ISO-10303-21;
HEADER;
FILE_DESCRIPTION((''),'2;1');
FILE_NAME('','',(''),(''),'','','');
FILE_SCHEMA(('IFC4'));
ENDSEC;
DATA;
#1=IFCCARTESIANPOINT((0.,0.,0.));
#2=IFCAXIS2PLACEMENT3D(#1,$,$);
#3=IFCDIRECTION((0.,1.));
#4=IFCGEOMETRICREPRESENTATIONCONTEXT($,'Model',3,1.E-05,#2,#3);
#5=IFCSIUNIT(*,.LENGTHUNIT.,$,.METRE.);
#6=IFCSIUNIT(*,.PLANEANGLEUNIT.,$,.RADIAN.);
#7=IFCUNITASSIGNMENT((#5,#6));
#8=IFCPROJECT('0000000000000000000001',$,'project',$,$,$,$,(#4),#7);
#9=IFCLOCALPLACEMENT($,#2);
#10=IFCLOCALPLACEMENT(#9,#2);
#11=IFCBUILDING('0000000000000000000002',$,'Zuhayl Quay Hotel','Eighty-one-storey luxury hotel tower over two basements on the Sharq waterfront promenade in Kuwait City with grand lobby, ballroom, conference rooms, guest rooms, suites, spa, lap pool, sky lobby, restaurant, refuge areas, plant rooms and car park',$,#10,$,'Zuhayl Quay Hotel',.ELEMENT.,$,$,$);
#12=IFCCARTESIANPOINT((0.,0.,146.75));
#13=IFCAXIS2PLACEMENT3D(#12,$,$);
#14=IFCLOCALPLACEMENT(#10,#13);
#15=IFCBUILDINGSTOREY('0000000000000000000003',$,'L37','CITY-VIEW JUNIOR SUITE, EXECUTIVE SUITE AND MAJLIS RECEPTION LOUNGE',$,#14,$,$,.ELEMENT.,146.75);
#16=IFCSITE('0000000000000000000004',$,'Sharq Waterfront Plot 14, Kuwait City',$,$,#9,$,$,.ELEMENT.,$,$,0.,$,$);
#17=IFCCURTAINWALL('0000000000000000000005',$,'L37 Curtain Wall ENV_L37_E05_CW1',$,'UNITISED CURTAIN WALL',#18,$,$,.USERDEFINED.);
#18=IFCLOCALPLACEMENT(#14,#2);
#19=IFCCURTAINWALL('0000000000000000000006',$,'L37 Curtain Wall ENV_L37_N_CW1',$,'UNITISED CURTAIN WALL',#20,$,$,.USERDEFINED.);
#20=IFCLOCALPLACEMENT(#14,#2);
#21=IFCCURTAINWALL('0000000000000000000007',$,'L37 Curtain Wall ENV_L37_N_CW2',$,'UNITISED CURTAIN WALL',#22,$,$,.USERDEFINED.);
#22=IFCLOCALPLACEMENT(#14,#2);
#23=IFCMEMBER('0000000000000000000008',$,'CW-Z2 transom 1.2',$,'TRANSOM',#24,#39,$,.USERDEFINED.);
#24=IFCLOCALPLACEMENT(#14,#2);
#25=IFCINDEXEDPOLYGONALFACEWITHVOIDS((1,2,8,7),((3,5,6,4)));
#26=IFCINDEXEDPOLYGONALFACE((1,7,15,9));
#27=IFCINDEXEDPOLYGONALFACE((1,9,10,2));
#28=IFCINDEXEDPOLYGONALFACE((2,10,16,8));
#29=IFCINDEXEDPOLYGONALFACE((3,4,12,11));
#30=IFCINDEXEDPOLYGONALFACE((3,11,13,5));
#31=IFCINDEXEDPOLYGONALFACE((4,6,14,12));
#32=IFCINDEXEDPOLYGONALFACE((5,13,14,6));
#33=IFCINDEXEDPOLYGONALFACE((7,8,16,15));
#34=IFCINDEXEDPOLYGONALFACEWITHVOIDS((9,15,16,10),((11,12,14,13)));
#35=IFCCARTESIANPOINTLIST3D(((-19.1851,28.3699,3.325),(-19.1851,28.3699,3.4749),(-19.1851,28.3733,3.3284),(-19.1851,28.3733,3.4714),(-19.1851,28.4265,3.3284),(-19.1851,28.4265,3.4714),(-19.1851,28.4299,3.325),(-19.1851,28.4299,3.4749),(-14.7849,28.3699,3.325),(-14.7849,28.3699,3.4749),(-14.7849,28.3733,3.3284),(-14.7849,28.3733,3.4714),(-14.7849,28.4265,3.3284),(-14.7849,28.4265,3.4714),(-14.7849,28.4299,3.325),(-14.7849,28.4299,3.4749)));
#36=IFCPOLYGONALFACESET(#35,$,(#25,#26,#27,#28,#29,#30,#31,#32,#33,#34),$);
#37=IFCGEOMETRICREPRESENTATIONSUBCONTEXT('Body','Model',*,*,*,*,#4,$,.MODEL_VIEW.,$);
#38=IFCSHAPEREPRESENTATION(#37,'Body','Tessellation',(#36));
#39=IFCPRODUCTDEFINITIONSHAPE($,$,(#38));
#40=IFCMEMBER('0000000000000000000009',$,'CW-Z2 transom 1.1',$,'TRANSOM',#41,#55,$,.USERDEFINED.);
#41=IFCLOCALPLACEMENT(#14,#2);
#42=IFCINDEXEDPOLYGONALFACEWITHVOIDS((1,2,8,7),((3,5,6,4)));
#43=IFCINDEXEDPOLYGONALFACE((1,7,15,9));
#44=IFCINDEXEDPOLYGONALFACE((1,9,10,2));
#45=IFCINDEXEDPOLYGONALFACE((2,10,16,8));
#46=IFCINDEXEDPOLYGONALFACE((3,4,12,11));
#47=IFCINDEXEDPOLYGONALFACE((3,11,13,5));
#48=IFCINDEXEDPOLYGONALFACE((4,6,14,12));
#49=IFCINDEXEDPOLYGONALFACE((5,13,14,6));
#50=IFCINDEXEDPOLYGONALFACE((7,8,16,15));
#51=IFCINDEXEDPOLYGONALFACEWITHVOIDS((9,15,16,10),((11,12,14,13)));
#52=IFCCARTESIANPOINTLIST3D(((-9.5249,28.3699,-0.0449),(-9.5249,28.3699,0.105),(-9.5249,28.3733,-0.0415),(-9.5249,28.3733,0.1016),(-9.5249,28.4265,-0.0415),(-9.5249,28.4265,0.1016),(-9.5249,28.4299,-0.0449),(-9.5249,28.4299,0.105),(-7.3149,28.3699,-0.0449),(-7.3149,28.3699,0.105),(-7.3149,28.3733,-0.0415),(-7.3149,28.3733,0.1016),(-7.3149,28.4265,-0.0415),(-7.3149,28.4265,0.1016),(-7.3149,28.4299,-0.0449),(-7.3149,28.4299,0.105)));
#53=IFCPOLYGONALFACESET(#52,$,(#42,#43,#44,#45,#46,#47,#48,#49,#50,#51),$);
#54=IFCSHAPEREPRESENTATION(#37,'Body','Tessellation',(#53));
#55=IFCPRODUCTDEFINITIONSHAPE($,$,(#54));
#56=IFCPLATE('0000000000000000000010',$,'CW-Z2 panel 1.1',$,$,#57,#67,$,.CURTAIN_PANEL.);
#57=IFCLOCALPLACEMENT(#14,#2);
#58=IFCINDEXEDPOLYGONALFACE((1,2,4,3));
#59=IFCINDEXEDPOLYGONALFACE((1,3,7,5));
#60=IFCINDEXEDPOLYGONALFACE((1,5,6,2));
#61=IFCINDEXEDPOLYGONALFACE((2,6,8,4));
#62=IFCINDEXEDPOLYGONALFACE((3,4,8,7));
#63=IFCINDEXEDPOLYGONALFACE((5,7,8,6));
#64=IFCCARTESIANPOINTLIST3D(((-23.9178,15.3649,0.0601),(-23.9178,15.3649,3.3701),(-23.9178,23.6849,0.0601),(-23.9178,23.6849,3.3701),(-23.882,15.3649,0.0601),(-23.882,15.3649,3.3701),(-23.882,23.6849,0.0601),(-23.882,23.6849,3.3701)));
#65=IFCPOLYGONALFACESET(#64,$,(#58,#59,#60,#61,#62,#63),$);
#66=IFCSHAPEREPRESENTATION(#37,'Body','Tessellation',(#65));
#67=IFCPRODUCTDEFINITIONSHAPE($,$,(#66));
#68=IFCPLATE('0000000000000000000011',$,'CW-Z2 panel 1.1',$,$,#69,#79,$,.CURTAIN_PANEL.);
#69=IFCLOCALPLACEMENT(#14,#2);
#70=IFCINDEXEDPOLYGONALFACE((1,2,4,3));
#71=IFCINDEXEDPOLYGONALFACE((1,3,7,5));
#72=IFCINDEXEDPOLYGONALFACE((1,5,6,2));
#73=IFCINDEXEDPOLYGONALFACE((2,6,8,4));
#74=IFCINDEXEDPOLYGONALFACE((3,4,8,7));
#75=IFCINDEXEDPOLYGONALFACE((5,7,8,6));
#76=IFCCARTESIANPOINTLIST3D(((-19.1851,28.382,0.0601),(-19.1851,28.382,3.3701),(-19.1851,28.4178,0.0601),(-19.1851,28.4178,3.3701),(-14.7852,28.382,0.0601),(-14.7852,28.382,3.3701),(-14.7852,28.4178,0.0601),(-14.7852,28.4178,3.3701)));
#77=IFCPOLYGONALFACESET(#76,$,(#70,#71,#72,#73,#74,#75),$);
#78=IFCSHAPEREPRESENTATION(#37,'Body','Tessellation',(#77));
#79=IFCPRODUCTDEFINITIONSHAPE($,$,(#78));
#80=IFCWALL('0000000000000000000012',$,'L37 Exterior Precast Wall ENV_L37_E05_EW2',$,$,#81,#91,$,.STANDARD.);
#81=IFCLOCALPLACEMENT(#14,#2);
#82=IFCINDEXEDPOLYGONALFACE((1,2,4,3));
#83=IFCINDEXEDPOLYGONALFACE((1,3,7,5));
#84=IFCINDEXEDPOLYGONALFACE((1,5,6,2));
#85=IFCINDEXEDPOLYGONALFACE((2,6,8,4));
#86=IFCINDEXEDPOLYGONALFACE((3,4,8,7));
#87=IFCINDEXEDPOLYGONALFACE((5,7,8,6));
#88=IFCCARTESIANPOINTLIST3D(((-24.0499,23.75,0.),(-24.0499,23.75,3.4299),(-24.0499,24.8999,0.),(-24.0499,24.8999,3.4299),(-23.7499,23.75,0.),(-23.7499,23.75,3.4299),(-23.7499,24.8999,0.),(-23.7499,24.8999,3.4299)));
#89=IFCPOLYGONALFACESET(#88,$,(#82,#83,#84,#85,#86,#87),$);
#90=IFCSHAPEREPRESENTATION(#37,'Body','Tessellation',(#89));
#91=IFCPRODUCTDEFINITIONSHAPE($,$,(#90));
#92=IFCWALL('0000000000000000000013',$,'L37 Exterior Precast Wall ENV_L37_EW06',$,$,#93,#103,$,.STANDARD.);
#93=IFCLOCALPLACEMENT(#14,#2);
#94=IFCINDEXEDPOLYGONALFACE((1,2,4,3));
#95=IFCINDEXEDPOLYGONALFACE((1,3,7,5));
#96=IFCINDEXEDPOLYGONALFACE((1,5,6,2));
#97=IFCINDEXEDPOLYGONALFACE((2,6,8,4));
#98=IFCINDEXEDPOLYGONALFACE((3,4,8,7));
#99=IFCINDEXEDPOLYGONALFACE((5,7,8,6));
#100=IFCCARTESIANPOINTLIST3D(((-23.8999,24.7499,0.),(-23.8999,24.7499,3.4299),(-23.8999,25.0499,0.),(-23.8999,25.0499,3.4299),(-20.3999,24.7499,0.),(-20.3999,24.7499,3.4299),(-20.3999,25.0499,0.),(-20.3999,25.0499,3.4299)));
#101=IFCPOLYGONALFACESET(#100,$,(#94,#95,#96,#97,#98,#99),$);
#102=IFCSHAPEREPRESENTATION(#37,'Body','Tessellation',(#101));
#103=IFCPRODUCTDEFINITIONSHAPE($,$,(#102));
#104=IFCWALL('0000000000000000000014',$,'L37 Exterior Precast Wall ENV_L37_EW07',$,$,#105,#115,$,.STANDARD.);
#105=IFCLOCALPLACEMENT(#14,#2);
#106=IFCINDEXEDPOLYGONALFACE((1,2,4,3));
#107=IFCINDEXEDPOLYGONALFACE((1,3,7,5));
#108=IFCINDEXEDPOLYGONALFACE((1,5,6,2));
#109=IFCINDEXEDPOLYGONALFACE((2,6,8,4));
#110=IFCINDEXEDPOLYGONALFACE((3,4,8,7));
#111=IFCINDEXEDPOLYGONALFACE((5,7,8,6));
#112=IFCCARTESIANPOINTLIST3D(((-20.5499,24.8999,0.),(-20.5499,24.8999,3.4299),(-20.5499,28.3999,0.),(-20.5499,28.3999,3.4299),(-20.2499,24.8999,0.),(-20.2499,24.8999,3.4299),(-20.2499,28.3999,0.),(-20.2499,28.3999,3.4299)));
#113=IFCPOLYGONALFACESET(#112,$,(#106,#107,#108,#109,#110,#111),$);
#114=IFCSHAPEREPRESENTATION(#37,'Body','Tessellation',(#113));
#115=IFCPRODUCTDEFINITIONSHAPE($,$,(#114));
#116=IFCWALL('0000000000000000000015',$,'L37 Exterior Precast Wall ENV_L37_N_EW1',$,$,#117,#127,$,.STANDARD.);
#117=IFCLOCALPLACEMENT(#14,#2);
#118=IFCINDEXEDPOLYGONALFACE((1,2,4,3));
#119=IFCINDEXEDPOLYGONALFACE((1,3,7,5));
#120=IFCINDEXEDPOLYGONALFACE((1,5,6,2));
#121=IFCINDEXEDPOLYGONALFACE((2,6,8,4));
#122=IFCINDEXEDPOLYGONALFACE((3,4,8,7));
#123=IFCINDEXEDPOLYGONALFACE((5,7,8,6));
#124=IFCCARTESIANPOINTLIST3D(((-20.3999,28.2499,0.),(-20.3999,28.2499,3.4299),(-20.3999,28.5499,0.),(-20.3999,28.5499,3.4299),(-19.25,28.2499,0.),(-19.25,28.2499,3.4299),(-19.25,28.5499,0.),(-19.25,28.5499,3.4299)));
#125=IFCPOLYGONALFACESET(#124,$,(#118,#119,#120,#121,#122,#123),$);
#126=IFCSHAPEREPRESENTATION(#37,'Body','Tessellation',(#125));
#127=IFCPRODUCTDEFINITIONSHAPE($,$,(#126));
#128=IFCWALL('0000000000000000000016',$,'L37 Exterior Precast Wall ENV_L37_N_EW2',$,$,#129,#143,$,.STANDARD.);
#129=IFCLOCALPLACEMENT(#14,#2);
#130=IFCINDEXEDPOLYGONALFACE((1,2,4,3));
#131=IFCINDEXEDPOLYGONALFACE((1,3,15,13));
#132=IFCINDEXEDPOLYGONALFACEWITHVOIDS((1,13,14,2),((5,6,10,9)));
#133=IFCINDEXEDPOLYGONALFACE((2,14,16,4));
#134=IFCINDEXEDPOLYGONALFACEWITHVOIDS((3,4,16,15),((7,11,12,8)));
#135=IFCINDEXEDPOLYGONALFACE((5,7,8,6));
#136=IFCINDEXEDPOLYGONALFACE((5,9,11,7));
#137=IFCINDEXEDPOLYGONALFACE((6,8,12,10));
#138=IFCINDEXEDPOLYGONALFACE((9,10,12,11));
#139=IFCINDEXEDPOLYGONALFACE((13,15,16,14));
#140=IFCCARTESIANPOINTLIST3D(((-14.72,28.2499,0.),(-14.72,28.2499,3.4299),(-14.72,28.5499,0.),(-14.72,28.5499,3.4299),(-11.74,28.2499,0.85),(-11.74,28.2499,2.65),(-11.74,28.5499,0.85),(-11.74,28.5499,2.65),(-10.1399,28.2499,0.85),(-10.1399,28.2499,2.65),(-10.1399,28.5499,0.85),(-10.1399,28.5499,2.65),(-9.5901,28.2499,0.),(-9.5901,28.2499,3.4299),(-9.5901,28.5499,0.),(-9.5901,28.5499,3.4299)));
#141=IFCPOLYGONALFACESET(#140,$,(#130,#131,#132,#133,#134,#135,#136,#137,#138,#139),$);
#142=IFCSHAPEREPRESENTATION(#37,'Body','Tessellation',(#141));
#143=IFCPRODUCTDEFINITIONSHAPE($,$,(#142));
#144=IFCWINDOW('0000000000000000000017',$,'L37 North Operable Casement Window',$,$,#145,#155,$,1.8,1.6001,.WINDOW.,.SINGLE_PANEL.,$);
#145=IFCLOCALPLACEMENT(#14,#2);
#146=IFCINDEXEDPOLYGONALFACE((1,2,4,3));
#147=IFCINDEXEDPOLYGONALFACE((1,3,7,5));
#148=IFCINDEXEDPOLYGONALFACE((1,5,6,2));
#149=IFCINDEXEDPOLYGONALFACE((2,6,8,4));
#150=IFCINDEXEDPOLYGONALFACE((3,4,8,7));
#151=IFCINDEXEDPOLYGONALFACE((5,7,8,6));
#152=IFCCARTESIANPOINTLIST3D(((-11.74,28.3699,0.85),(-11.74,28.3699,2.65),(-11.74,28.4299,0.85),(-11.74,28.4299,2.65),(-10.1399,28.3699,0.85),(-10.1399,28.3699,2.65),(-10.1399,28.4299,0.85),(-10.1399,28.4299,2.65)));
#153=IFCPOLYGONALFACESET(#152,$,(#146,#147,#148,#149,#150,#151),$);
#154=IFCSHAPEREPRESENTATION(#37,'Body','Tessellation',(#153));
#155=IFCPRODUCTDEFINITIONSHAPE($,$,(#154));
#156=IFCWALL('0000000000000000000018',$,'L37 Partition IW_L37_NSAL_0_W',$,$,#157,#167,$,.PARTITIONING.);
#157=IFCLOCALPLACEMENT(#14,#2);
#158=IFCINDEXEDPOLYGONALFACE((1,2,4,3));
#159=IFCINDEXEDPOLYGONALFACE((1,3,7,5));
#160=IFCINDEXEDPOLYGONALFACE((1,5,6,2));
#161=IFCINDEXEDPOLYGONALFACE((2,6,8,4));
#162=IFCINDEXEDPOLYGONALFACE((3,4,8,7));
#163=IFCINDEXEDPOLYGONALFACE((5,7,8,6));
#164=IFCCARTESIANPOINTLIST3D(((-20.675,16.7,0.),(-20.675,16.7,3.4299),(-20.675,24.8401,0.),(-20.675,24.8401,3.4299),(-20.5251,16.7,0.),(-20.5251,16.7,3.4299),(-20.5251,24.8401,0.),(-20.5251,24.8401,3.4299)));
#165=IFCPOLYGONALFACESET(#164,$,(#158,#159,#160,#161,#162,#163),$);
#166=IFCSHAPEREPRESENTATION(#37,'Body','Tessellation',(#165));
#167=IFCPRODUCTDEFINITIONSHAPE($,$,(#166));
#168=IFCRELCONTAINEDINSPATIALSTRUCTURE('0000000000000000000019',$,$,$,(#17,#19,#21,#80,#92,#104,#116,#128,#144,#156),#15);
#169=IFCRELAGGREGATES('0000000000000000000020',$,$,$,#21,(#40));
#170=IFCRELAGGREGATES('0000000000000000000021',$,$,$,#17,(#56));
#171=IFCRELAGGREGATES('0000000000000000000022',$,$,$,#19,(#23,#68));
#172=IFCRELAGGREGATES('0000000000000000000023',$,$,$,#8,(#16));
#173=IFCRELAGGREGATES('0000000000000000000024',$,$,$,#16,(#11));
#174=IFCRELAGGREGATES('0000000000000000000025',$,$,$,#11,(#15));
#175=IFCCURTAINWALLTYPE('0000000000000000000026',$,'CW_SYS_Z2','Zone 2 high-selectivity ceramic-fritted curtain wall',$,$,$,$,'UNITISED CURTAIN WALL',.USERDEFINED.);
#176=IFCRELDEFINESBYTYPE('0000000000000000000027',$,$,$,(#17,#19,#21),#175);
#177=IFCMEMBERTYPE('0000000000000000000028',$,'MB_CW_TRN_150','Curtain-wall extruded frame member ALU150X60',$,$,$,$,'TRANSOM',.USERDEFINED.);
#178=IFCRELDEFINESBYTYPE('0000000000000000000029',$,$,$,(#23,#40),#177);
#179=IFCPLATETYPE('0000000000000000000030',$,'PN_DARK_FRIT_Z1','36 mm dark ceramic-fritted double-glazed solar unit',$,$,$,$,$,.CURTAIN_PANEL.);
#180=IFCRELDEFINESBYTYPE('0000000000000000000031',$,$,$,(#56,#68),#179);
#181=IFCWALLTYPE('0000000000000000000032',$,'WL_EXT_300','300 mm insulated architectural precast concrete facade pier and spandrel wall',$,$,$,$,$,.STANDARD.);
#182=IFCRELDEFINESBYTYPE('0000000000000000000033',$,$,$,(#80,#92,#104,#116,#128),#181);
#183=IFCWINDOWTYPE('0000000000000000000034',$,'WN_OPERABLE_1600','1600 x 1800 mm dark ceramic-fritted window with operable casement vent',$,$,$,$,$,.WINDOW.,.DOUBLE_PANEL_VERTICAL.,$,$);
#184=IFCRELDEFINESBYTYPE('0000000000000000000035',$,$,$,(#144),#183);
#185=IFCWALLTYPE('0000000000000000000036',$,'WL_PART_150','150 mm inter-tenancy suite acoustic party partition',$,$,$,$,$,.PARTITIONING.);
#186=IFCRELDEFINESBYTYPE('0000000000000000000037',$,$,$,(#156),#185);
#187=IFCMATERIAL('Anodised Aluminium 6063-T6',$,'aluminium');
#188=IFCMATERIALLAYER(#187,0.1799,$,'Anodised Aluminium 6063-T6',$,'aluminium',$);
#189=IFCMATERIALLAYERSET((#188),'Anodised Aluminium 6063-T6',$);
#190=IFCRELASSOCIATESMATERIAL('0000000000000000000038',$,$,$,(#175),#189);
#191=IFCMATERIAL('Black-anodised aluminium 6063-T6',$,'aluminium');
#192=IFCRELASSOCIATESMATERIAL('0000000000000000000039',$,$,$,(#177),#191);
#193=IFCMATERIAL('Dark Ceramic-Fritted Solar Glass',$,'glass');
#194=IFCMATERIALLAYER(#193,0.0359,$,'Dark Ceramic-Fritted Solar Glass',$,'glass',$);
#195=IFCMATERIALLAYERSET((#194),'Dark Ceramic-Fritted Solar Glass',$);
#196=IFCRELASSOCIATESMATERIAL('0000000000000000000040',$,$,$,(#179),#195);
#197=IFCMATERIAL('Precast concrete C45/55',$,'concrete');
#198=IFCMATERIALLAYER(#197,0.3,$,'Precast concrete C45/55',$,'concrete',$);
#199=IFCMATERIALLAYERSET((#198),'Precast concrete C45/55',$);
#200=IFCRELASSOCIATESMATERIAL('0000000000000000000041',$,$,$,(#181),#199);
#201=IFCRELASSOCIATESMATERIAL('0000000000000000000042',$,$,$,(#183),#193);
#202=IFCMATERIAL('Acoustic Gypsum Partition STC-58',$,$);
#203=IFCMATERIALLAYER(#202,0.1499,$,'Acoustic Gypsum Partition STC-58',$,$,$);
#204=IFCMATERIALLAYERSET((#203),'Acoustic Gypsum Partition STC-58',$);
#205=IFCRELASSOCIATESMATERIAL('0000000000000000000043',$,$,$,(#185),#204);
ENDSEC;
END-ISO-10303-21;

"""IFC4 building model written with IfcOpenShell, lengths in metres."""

from ifc_helpers import new_model, si_unit, direction, frame, frame_2d, origin, origin_2d, place, context, subcontext, project, spatial, rectangle, hollow_rectangle, extrude, material, layer, layer_set, material_profile, profile_set, type_object, element, fill, aggregate, save


model = new_model("IFC4")

# Units and contexts
model_context = context("Model", 3, precision=1e-05, world=origin(), true_north=direction((0.0, 1.0)))
body_context = subcontext(model_context, "Body", "Model", "MODEL_VIEW")
ifc_project = project(units=[si_unit("LENGTHUNIT", "METRE"), si_unit("PLANEANGLEUNIT", "RADIAN")], contexts=[model_context])

# Site, building, storey
site_placement = place(None, origin())
site = spatial("IfcSite", under=ifc_project, at=site_placement, Name="Sharq Waterfront Plot 14, Kuwait City", CompositionType="ELEMENT", RefElevation=0.0)
building_placement = place(site_placement, origin())
building = spatial("IfcBuilding", under=site, at=building_placement, Name="Zuhayl Quay Hotel", Description="Eighty-one-storey luxury hotel tower over two basements on the Sharq waterfront promenade in Kuwait City with grand lobby, ballroom, conference rooms, guest rooms, suites, spa, lap pool, sky lobby, restaurant, refuge areas, plant rooms and car park", LongName="Zuhayl Quay Hotel", CompositionType="ELEMENT")
storey_placement = place(building_placement, frame((0.0, 0.0, 146.75)))
storey = spatial("IfcBuildingStorey", under=building, at=storey_placement, Name="L37", Description="CITY-VIEW JUNIOR SUITE, EXECUTIVE SUITE AND MAJLIS RECEPTION LOUNGE", CompositionType="ELEMENT", Elevation=146.75)

# Curtain wall
ifc_material_1 = material(Name="Anodised Aluminium 6063-T6", Category="aluminium")
ifc_layer_1 = layer(ifc_material_1, 0.1799, Name="Anodised Aluminium 6063-T6", Category="aluminium")
ifc_layer_set_1 = layer_set([ifc_layer_1], Name="Anodised Aluminium 6063-T6")
curtain_wall_type = type_object("IfcCurtainWallType", Name="CW_SYS_Z2", Description="Zone 2 high-selectivity ceramic-fritted curtain wall", ElementType="UNITISED CURTAIN WALL", PredefinedType="USERDEFINED", material=ifc_layer_set_1)
curtain_wall_1_placement = place(storey_placement, origin())
curtain_wall_1 = element("IfcCurtainWall", 1, at=curtain_wall_1_placement, inside=storey, type_object=curtain_wall_type, Name="L37 Curtain Wall ENV_L37_E05_CW1", ObjectType="UNITISED CURTAIN WALL", PredefinedType="USERDEFINED")
ifc_material_2 = material(Name="Black-anodised aluminium 6063-T6", Category="aluminium")

# Curtain wall
curtain_wall_2_placement = place(storey_placement, origin())
curtain_wall_2 = element("IfcCurtainWall", 2, at=curtain_wall_2_placement, inside=storey, type_object=curtain_wall_type, Name="L37 Curtain Wall ENV_L37_N_CW1", ObjectType="UNITISED CURTAIN WALL", PredefinedType="USERDEFINED")

# Curtain wall
curtain_wall_3_placement = place(storey_placement, origin())
curtain_wall_3 = element("IfcCurtainWall", 3, at=curtain_wall_3_placement, inside=storey, type_object=curtain_wall_type, Name="L37 Curtain Wall ENV_L37_N_CW2", ObjectType="UNITISED CURTAIN WALL", PredefinedType="USERDEFINED")

# Members
ifc_material_profile_1 = material_profile(ifc_material_2, hollow_rectangle(XDim=0.0601, YDim=0.1499, WallThickness=0.0034, at=origin_2d()), Name="ALU150X60")
ifc_profile_set_1 = profile_set([ifc_material_profile_1], Name="Black-anodised aluminium 6063-T6")
member_type_1 = type_object("IfcMemberType", Name="MB_CW_TRN_150", Description="Curtain-wall extruded frame member ALU150X60", ElementType="TRANSOM", PredefinedType="USERDEFINED", material=ifc_profile_set_1)
member_1_placement = place(storey_placement, frame((-19.1851, 28.3999, 3.3999), z_axis=(1.0, 0.0, 0.0), x_axis=(0.0, 1.0, 0.0)))
member_1 = element("IfcMember", 4, at=member_1_placement, type_object=member_type_1, Name="CW-Z2 transom 1.2", ObjectType="TRANSOM", PredefinedType="USERDEFINED", context=body_context, shape_type="SweptSolid", body=[
    extrude(hollow_rectangle(XDim=0.0601, YDim=0.1499, WallThickness=0.0034, at=origin_2d()), origin(), (0.0, 0.0, 1.0), 4.4001),
])
member_2_placement = place(storey_placement, frame((-9.5249, 28.3999, 0.03), z_axis=(1.0, 0.0, 0.0), x_axis=(0.0, 1.0, 0.0)))
member_2 = element("IfcMember", 5, at=member_2_placement, type_object=member_type_1, Name="CW-Z2 transom 1.1", ObjectType="TRANSOM", PredefinedType="USERDEFINED", context=body_context, shape_type="SweptSolid", body=[
    extrude(hollow_rectangle(XDim=0.0601, YDim=0.1499, WallThickness=0.0034, at=origin_2d()), origin(), (0.0, 0.0, 1.0), 2.21),
])
aggregate(curtain_wall_3, [member_2])

# Plates
ifc_material_3 = material(Name="Dark Ceramic-Fritted Solar Glass", Category="glass")
ifc_layer_2 = layer(ifc_material_3, 0.0359, Name="Dark Ceramic-Fritted Solar Glass", Category="glass")
ifc_layer_set_2 = layer_set([ifc_layer_2], Name="Dark Ceramic-Fritted Solar Glass")
plate_type = type_object("IfcPlateType", Name="PN_DARK_FRIT_Z1", Description="36 mm dark ceramic-fritted double-glazed solar unit", PredefinedType="CURTAIN_PANEL", material=ifc_layer_set_2)
plate_1_placement = place(storey_placement, frame((-23.8999, 19.5249, 0.0601), z_axis=(0.0, 0.0, 1.0), x_axis=(0.0, 1.0, 0.0)))
plate_1 = element("IfcPlate", 6, at=plate_1_placement, type_object=plate_type, Name="CW-Z2 panel 1.1", PredefinedType="CURTAIN_PANEL", context=body_context, shape_type="SweptSolid", body=[
    extrude(rectangle(XDim=8.3201, YDim=0.0359, at=origin_2d()), origin(), (0.0, 0.0, 1.0), 3.3101),
])
aggregate(curtain_wall_1, [plate_1])
plate_2_placement = place(storey_placement, frame((-16.9851, 28.3999, 0.0601), z_axis=(0.0, 0.0, 1.0), x_axis=(1.0, 0.0, 0.0)))
plate_2 = element("IfcPlate", 7, at=plate_2_placement, type_object=plate_type, Name="CW-Z2 panel 1.1", PredefinedType="CURTAIN_PANEL", context=body_context, shape_type="SweptSolid", body=[
    extrude(rectangle(XDim=4.3999, YDim=0.0359, at=origin_2d()), origin(), (0.0, 0.0, 1.0), 3.3101),
])
aggregate(curtain_wall_2, [member_1, plate_2])

# Walls
ifc_material_4 = material(Name="Precast concrete C45/55", Category="concrete")
ifc_layer_3 = layer(ifc_material_4, 0.3, Name="Precast concrete C45/55", Category="concrete")
ifc_layer_set_3 = layer_set([ifc_layer_3], Name="Precast concrete C45/55")
wall_type_1 = type_object("IfcWallType", Name="WL_EXT_300", Description="300 mm insulated architectural precast concrete facade pier and spandrel wall", PredefinedType="STANDARD", material=ifc_layer_set_3)
wall_1_placement = place(storey_placement, frame((-23.8999, 23.75, 0.0), z_axis=(0.0, 0.0, 1.0), x_axis=(0.0, 1.0, 0.0)))
element("IfcWall", 8, at=wall_1_placement, inside=storey, type_object=wall_type_1, Name="L37 Exterior Precast Wall ENV_L37_E05_EW2", PredefinedType="STANDARD", context=body_context, shape_type="SweptSolid", body=[
    extrude(rectangle(XDim=1.1499, YDim=0.3, at=frame_2d((0.575, 0.0))), origin(), (0.0, 0.0, 1.0), 3.4299),
])
for number, where, z_axis, x_axis, name in (
    (9, (-23.8999, 24.8999, 0.0), (0.0, 0.0, 1.0), (1.0, 0.0, 0.0), "L37 Exterior Precast Wall ENV_L37_EW06"),
    (10, (-20.3999, 24.8999, 0.0), (0.0, 0.0, 1.0), (0.0, 1.0, 0.0), "L37 Exterior Precast Wall ENV_L37_EW07"),
):
    element("IfcWall", number, at=place(storey_placement, frame(where, z_axis=z_axis, x_axis=x_axis)), inside=storey, type_object=wall_type_1, Name=name, PredefinedType="STANDARD", context=body_context, shape_type="SweptSolid", body=[
        extrude(rectangle(XDim=3.5, YDim=0.3, at=frame_2d((1.75, 0.0))), origin(), (0.0, 0.0, 1.0), 3.4299),
    ])
wall_2_placement = place(storey_placement, frame((-20.3999, 28.3999, 0.0), z_axis=(0.0, 0.0, 1.0), x_axis=(1.0, 0.0, 0.0)))
element("IfcWall", 11, at=wall_2_placement, inside=storey, type_object=wall_type_1, Name="L37 Exterior Precast Wall ENV_L37_N_EW1", PredefinedType="STANDARD", context=body_context, shape_type="SweptSolid", body=[
    extrude(rectangle(XDim=1.1499, YDim=0.3, at=frame_2d((0.575, 0.0))), origin(), (0.0, 0.0, 1.0), 3.4299),
])

# Wall, opening, window
wall_3_placement = place(storey_placement, frame((-14.72, 28.3999, 0.0), z_axis=(0.0, 0.0, 1.0), x_axis=(1.0, 0.0, 0.0)))
wall_3 = element("IfcWall", 12, at=wall_3_placement, inside=storey, type_object=wall_type_1, Name="L37 Exterior Precast Wall ENV_L37_N_EW2", PredefinedType="STANDARD", context=body_context, shape_type="SweptSolid", body=[
    extrude(rectangle(XDim=5.1299, YDim=0.3, at=frame_2d((2.5649, 0.0))), origin(), (0.0, 0.0, 1.0), 3.4299),
])
opening_1_placement = place(wall_3_placement, frame((2.98, 0.0, 0.8501)))
opening_1 = element("IfcOpeningElement", 13, at=opening_1_placement, cuts=wall_3, PredefinedType="OPENING", context=body_context, shape_type="SweptSolid", body=[
    extrude(rectangle(XDim=1.6001, YDim=1.8, at=frame_2d((0.8, 0.8999))), frame((0.0, 0.1599, 0.0), z_axis=(0.0, -1.0, 0.0), x_axis=(1.0, 0.0, 0.0)), (0.0, 0.0, 1.0), 0.3201),
])
window_type = type_object("IfcWindowType", Name="WN_OPERABLE_1600", Description="1600 x 1800 mm dark ceramic-fritted window with operable casement vent", PartitioningType="DOUBLE_PANEL_VERTICAL", PredefinedType="WINDOW", material=ifc_material_3)
window_placement = place(opening_1_placement, origin())
window = element("IfcWindow", 14, at=window_placement, inside=storey, type_object=window_type, Name="L37 North Operable Casement Window", OverallHeight=1.8, OverallWidth=1.6001, PartitioningType="SINGLE_PANEL", PredefinedType="WINDOW", context=body_context, shape_type="SweptSolid", body=[
    extrude(rectangle(XDim=1.6001, YDim=1.8, at=frame_2d((0.8, 0.8999))), frame((0.0, 0.03, 0.0), z_axis=(0.0, -1.0, 0.0), x_axis=(1.0, 0.0, 0.0)), (0.0, 0.0, 1.0), 0.0601),
])
fill(opening_1, window)

# Wall
ifc_material_5 = material(Name="Acoustic Gypsum Partition STC-58")
ifc_layer_4 = layer(ifc_material_5, 0.1499, Name="Acoustic Gypsum Partition STC-58")
ifc_layer_set_4 = layer_set([ifc_layer_4], Name="Acoustic Gypsum Partition STC-58")
wall_type_2 = type_object("IfcWallType", Name="WL_PART_150", Description="150 mm inter-tenancy suite acoustic party partition", PredefinedType="PARTITIONING", material=ifc_layer_set_4)
wall_4_placement = place(storey_placement, frame((-20.6001, 16.7, 0.0), z_axis=(0.0, 0.0, 1.0), x_axis=(0.0, 1.0, 0.0)))
element("IfcWall", 15, at=wall_4_placement, inside=storey, type_object=wall_type_2, Name="L37 Partition IW_L37_NSAL_0_W", PredefinedType="PARTITIONING", context=body_context, shape_type="SweptSolid", body=[
    extrude(rectangle(XDim=8.1401, YDim=0.1499, at=frame_2d((4.0701, 0.0))), origin(), (0.0, 0.0, 1.0), 3.4299),
])

save(model, "model.ifc")
